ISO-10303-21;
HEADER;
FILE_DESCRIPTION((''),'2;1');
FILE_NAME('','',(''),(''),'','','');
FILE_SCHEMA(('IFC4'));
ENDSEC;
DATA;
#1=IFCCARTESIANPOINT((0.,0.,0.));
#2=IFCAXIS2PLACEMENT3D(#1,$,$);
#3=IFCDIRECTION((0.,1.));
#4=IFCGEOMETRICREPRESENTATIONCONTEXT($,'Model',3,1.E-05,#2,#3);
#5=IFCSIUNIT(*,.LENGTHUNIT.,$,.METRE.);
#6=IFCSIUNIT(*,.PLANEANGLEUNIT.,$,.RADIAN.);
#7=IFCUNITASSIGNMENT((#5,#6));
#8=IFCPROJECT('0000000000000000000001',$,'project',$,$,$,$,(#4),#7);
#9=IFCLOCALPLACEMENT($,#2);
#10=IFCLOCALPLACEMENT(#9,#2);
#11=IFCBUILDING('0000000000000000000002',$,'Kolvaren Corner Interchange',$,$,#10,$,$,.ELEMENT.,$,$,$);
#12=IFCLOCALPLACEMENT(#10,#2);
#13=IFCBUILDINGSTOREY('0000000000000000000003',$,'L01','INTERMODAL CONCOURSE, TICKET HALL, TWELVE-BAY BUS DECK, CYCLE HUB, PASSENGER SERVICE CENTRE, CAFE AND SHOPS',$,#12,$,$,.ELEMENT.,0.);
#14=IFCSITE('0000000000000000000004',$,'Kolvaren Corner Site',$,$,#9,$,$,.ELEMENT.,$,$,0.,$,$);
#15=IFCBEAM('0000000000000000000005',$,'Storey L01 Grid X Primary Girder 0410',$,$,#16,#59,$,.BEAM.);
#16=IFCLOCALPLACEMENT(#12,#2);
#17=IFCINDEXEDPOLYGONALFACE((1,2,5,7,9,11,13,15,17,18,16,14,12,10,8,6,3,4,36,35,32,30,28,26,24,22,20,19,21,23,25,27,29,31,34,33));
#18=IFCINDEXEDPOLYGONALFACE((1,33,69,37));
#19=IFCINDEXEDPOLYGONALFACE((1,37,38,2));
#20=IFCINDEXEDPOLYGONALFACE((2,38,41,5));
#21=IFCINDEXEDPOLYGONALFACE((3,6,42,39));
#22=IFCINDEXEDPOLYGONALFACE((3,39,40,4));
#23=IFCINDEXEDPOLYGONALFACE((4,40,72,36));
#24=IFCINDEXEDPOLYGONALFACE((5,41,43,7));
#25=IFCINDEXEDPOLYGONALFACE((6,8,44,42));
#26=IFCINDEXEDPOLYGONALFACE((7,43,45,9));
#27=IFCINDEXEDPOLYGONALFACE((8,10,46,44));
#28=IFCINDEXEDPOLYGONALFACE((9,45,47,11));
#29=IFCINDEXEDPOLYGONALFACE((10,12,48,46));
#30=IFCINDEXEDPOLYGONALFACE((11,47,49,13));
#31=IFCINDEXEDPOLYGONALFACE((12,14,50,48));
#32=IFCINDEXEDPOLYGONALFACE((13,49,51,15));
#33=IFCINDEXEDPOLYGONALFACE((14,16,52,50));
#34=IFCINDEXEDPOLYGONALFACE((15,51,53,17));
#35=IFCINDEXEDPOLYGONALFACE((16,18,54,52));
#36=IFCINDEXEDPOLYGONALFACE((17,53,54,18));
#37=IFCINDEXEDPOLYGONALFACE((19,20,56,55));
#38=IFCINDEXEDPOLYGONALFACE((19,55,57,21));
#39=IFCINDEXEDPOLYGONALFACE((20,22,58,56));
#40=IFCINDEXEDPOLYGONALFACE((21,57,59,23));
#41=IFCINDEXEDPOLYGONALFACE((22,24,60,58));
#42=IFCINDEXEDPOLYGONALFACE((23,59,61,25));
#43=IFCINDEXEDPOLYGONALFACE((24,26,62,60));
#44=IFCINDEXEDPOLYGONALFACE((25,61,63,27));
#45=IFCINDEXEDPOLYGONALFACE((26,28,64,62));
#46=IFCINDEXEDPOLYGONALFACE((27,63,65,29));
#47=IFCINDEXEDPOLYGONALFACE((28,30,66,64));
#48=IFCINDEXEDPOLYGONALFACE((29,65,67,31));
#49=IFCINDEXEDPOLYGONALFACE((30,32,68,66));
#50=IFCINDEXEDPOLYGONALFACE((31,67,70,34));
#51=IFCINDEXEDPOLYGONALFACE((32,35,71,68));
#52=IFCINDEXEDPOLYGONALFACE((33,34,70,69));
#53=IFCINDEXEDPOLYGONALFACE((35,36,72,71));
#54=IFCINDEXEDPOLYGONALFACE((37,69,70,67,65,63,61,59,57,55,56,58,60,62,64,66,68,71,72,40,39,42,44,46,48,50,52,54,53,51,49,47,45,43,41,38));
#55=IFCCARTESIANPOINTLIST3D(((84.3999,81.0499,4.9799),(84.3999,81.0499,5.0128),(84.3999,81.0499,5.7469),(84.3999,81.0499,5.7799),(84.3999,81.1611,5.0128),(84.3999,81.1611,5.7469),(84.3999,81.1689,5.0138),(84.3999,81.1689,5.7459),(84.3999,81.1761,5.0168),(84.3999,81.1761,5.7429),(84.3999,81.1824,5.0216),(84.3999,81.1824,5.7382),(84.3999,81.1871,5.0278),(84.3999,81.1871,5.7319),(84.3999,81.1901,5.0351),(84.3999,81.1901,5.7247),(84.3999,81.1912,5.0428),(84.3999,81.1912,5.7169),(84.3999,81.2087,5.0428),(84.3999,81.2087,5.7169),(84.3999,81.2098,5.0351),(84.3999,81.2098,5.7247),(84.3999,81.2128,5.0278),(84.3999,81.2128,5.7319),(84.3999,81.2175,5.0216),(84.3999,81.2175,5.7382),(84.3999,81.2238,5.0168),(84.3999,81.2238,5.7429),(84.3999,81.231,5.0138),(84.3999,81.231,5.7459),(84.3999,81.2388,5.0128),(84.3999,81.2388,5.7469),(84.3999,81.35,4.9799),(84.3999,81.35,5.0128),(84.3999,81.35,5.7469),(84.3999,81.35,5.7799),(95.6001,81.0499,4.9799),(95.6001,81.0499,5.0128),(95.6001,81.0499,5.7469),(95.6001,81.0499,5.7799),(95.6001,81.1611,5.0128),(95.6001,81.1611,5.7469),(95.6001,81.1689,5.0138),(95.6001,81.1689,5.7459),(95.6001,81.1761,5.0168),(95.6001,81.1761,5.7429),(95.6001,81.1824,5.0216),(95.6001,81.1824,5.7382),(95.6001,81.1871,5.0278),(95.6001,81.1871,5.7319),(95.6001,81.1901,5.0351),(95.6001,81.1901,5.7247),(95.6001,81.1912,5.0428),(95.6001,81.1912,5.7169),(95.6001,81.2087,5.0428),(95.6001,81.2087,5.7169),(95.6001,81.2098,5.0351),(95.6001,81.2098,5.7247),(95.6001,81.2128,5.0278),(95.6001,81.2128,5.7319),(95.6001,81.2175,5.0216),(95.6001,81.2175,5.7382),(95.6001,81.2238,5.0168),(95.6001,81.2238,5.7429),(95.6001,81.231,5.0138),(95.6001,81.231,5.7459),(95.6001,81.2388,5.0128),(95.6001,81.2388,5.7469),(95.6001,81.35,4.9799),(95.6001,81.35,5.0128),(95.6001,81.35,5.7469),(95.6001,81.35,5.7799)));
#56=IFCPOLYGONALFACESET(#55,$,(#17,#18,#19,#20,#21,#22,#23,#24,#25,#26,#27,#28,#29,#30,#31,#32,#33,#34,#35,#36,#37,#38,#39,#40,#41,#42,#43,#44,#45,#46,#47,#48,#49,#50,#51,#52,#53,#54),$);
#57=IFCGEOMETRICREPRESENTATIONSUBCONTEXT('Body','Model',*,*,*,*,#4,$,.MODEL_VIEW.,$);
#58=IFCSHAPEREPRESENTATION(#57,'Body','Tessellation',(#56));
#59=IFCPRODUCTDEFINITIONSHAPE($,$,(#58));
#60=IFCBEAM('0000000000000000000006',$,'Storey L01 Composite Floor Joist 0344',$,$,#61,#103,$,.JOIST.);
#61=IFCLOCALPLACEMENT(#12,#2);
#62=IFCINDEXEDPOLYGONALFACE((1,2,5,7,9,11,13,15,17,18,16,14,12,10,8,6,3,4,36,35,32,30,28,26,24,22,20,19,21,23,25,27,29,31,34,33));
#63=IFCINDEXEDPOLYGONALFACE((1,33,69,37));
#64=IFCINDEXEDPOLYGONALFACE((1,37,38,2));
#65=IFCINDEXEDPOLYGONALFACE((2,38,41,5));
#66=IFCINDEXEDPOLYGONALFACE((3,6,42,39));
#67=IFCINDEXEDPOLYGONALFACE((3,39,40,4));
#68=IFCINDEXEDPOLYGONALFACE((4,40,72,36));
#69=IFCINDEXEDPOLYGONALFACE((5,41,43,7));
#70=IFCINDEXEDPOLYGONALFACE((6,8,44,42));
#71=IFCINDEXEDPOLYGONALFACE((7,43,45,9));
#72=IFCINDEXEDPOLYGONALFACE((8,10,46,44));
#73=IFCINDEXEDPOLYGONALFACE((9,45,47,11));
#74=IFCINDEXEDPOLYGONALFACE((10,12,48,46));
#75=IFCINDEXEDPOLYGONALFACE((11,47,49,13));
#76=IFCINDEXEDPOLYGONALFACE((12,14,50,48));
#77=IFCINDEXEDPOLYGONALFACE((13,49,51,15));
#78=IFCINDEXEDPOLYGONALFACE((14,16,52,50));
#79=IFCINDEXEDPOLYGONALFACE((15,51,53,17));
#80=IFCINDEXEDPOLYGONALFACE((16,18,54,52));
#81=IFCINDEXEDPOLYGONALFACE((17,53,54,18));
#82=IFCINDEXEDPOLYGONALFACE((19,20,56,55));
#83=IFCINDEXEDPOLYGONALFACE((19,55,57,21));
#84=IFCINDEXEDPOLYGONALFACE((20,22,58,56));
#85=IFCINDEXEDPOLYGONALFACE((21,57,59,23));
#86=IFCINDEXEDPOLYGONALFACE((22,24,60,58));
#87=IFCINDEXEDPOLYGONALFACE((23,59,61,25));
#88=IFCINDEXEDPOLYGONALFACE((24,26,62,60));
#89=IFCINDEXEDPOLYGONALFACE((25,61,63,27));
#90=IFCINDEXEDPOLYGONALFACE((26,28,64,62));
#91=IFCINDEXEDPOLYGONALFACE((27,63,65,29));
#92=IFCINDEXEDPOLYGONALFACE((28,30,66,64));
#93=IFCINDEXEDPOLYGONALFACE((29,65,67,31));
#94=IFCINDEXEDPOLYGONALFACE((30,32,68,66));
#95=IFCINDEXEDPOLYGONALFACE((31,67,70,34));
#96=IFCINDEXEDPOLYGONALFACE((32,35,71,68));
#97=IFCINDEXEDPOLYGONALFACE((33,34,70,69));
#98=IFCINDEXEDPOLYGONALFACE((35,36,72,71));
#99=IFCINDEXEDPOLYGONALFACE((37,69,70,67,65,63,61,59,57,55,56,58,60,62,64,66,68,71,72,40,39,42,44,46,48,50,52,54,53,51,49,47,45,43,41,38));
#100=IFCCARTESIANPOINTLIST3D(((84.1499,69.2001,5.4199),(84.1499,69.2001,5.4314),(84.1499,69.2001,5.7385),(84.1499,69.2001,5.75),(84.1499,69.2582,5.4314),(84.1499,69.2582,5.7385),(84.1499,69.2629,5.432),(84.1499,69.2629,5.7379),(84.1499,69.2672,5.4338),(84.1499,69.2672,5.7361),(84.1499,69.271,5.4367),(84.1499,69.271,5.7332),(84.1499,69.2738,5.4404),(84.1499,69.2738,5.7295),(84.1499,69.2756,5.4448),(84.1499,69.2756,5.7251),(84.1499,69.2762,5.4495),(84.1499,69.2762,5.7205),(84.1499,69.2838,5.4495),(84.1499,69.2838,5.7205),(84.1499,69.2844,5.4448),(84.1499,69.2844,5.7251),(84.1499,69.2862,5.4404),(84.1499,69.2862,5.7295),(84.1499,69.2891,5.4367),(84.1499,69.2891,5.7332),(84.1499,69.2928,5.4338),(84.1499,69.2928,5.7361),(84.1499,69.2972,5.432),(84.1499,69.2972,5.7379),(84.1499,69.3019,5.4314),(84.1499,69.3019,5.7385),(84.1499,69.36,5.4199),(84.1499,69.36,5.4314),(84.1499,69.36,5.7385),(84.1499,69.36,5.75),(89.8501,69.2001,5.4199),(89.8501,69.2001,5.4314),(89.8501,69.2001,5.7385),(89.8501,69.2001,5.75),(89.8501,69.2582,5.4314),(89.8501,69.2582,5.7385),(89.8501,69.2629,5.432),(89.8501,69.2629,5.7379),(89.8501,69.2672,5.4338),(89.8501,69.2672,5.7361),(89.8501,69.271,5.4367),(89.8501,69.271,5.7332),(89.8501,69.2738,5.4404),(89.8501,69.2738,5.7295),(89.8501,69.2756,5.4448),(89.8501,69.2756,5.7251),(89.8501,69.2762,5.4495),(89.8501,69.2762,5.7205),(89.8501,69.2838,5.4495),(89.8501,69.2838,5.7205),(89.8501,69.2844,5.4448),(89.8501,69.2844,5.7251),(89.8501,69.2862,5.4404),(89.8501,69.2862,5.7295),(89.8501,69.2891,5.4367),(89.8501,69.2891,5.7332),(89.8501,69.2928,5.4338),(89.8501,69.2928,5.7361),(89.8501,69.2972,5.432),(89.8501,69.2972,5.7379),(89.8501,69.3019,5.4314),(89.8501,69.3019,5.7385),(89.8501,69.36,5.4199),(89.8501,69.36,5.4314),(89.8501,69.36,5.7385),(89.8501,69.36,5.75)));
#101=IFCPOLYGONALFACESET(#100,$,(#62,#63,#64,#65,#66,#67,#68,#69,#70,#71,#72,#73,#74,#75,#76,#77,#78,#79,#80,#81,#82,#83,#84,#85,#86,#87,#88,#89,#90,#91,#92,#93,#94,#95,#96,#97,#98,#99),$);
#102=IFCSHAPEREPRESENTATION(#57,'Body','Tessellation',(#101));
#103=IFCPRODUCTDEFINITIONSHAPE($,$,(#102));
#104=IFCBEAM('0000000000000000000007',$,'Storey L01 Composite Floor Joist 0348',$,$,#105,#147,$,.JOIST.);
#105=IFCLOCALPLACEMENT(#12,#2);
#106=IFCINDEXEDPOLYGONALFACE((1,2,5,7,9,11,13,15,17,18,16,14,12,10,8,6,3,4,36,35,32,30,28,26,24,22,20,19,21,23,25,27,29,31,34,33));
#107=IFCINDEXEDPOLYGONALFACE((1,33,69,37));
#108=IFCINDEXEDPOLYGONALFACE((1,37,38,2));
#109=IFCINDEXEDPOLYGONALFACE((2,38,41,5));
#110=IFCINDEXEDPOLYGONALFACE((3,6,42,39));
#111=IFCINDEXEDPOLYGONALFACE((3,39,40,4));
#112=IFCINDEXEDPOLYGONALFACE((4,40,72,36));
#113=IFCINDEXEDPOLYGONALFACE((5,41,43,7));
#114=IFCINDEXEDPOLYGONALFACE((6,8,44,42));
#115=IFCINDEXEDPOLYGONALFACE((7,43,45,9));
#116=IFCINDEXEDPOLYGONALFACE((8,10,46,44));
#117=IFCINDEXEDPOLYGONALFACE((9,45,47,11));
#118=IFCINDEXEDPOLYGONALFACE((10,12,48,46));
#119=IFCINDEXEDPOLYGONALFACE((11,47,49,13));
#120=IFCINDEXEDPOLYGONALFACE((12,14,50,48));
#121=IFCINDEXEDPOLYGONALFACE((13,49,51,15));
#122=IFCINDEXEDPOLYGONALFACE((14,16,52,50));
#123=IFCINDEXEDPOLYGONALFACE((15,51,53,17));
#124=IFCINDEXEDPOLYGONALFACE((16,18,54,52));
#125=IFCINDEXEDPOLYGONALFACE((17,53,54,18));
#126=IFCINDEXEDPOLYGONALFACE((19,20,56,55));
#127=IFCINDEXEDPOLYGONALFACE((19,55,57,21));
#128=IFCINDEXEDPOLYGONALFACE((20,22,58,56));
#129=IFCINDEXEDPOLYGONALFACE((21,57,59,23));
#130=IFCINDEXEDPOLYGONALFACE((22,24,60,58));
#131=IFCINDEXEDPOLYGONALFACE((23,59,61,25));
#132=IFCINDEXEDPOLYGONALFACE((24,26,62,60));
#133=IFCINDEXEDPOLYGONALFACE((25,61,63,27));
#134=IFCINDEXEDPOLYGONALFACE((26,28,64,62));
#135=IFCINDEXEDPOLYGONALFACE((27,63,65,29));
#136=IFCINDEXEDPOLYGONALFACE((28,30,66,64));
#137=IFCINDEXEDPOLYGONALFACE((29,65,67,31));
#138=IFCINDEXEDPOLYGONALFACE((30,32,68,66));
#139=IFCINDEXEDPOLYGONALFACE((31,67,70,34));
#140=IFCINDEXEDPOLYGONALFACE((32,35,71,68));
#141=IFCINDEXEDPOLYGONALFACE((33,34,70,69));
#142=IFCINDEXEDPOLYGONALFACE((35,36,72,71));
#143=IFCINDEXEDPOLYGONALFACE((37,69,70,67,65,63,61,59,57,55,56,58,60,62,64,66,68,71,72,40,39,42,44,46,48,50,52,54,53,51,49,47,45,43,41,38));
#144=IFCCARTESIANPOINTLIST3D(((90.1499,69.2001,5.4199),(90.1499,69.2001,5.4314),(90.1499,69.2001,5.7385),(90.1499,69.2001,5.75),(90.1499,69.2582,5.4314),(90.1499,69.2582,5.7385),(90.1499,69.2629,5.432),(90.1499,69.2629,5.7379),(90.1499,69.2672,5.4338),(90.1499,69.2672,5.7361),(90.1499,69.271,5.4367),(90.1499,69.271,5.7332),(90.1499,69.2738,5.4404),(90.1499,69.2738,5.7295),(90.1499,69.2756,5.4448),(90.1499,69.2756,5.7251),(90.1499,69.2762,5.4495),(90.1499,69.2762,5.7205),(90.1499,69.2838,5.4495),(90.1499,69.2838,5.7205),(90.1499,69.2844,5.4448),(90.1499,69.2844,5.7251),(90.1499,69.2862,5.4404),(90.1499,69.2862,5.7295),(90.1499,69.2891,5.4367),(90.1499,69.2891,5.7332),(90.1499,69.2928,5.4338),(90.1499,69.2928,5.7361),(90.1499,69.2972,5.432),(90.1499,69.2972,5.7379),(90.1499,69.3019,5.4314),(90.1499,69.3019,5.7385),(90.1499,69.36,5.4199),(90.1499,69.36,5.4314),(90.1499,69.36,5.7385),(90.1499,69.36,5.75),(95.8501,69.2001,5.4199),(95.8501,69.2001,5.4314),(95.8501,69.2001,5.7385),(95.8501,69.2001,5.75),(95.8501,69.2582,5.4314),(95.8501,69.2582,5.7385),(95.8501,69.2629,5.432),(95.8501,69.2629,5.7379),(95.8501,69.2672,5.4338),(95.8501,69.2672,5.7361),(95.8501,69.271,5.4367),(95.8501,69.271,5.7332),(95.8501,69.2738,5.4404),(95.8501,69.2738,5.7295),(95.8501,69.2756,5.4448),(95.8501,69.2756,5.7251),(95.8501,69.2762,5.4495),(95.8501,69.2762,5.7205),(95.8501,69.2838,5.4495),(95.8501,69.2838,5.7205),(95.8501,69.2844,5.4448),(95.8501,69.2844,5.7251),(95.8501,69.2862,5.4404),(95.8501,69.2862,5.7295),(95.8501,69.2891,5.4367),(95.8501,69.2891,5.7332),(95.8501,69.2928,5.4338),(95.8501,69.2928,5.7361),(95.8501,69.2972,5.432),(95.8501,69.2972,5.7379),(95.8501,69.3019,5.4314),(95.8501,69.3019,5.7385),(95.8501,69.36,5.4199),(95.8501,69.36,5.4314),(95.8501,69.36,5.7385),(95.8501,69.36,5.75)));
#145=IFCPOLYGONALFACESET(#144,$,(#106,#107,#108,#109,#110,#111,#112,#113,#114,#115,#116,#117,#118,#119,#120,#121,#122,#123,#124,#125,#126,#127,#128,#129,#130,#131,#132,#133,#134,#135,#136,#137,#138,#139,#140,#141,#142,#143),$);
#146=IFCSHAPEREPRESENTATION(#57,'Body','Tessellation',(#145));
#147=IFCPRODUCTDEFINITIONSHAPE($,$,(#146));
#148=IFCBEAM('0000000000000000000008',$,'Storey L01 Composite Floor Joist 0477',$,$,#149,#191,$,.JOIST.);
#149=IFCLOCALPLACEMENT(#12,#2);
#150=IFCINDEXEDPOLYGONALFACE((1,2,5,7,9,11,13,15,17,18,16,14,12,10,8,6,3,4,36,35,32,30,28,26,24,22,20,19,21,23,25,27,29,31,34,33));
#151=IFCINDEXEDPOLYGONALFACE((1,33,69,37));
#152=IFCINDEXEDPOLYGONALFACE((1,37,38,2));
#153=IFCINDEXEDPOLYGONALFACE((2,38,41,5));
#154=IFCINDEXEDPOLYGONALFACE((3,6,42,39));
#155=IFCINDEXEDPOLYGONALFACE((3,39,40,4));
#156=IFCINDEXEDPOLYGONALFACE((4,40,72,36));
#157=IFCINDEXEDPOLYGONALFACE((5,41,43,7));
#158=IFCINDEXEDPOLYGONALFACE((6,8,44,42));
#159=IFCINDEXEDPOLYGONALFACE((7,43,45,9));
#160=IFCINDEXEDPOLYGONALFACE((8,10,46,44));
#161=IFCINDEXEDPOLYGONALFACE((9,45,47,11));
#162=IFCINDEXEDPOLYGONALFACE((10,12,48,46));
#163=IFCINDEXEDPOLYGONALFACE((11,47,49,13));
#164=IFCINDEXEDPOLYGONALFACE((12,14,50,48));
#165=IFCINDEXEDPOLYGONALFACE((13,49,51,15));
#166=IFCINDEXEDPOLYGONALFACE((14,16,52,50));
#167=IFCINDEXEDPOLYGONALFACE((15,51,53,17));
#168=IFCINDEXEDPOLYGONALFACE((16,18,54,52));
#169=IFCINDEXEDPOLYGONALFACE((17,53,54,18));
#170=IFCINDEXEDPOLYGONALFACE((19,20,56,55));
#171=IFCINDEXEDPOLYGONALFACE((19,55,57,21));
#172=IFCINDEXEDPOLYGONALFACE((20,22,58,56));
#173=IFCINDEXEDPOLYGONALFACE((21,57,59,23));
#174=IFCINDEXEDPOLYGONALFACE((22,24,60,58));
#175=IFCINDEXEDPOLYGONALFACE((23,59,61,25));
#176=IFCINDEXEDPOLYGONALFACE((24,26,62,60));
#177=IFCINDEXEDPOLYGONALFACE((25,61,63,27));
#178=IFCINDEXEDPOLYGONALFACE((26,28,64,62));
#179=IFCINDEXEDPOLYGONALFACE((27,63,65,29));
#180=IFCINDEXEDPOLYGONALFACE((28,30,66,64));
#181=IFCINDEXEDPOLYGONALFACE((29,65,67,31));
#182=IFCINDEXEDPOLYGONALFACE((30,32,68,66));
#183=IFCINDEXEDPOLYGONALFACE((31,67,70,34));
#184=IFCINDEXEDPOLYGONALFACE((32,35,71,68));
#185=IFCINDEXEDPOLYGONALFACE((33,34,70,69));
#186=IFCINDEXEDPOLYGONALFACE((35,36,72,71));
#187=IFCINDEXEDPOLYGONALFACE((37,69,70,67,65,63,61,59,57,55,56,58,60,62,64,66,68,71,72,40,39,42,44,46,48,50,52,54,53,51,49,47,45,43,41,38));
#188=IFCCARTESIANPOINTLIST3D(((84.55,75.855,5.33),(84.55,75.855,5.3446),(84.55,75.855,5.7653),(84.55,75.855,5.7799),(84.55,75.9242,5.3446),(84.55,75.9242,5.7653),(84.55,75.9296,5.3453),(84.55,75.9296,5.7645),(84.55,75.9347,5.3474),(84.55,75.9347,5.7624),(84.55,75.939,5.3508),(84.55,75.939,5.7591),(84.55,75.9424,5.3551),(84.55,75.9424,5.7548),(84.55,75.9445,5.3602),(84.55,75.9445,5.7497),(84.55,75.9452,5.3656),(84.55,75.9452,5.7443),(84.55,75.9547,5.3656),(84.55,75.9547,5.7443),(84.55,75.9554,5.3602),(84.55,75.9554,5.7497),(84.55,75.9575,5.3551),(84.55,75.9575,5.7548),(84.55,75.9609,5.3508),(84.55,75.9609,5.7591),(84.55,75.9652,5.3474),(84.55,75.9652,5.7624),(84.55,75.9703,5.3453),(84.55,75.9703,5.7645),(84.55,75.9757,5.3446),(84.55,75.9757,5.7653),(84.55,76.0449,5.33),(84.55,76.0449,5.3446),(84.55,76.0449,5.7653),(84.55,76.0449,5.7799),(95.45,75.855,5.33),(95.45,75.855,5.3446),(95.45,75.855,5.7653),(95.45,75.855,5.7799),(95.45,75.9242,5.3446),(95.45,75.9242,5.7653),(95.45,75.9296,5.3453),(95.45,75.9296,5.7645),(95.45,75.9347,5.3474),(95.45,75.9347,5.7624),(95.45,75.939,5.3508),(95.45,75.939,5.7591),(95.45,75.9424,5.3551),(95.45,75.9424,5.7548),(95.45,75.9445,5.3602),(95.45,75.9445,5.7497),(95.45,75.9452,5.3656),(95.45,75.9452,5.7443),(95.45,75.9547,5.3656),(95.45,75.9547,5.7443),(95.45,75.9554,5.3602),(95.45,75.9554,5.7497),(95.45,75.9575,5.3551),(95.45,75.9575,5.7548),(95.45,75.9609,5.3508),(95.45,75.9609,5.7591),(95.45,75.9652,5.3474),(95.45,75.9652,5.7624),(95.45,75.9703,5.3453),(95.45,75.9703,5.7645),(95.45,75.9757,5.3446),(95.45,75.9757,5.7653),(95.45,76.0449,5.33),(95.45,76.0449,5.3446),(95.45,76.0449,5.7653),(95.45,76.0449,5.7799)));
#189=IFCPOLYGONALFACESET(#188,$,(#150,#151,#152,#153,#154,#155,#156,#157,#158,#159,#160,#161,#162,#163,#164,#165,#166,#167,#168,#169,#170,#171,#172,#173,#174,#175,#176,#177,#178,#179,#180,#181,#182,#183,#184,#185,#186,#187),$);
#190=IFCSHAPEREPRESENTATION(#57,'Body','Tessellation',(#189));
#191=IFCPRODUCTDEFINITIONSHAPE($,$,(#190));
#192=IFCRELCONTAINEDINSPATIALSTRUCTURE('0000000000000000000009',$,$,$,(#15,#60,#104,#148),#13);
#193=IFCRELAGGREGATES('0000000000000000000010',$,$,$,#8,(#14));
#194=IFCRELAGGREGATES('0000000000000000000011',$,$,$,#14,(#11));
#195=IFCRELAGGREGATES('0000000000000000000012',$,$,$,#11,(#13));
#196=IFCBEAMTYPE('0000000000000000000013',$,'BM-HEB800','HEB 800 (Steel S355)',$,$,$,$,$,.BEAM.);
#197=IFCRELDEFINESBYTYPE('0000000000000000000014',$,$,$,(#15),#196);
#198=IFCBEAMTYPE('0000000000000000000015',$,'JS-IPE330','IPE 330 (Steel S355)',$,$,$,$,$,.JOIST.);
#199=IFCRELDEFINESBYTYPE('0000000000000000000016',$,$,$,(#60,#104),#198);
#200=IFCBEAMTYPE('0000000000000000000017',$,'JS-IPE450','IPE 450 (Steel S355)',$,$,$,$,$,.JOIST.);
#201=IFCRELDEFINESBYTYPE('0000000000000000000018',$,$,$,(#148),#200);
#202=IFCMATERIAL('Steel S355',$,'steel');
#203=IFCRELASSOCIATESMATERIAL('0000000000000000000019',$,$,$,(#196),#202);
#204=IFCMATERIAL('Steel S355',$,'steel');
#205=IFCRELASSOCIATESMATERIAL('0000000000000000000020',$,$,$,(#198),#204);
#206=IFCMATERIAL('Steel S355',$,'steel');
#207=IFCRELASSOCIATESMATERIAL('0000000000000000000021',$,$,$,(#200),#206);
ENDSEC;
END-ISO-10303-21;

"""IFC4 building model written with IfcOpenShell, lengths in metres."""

from ifc_helpers import new_model, si_unit, direction, frame, origin, origin_2d, place, context, subcontext, project, spatial, i_section, extrude, material, material_profile, profile_set, type_object, element, save


model = new_model("IFC4")

# Units and contexts
model_context = context("Model", 3, precision=1e-05, world=origin(), true_north=direction((0.0, 1.0)))
body_context = subcontext(model_context, "Body", "Model", "MODEL_VIEW")
ifc_project = project(units=[si_unit("LENGTHUNIT", "METRE"), si_unit("PLANEANGLEUNIT", "RADIAN")], contexts=[model_context])

# Site, building, storey
site_placement = place(None, origin())
site = spatial("IfcSite", under=ifc_project, at=site_placement, Name="Kolvaren Corner Site", CompositionType="ELEMENT", RefElevation=0.0)
building_placement = place(site_placement, origin())
building = spatial("IfcBuilding", under=site, at=building_placement, Name="Kolvaren Corner Interchange", CompositionType="ELEMENT")
storey_placement = place(building_placement, origin())
storey = spatial("IfcBuildingStorey", under=building, at=storey_placement, Name="L01", Description="INTERMODAL CONCOURSE, TICKET HALL, TWELVE-BAY BUS DECK, CYCLE HUB, PASSENGER SERVICE CENTRE, CAFE AND SHOPS", CompositionType="ELEMENT", Elevation=0.0)

# Beams
ifc_material_1 = material(Name="Steel S355", Category="steel")
ifc_material_profile_1 = material_profile(ifc_material_1, i_section(OverallWidth=0.3, OverallDepth=0.8, WebThickness=0.0176, FlangeThickness=0.033, FilletRadius=0.03, at=origin_2d()), Name="HEB 800")
ifc_profile_set_1 = profile_set([ifc_material_profile_1], Name="Steel S355")
beam_type_1 = type_object("IfcBeamType", Name="BM-HEB800", Description="HEB 800 (Steel S355)", PredefinedType="BEAM", material=ifc_profile_set_1)
for number, where, z_axis, x_axis, name in (
    (1, (84.3999, 81.2, 5.3799), (1.0, 0.0, 0.0), (0.0, 1.0, 0.0), "Storey L01 Grid X Primary Girder 0410"),
):
    element("IfcBeam", number, at=place(storey_placement, frame(where, z_axis=z_axis, x_axis=x_axis)), inside=storey, type_object=beam_type_1, Name=name, PredefinedType="BEAM", context=body_context, shape_type="SweptSolid", body=[
        extrude(i_section(OverallWidth=0.3, OverallDepth=0.8, WebThickness=0.0176, FlangeThickness=0.033, FilletRadius=0.03, at=origin_2d()), origin(), (0.0, 0.0, 1.0), 11.2002),
    ])
ifc_material_2 = material(Name="Steel S355", Category="steel")
ifc_material_profile_2 = material_profile(ifc_material_2, i_section(OverallWidth=0.1599, OverallDepth=0.3301, WebThickness=0.0076, FlangeThickness=0.0115, FilletRadius=0.0181, at=origin_2d()), Name="IPE 330")
ifc_profile_set_2 = profile_set([ifc_material_profile_2], Name="Steel S355")
beam_type_2 = type_object("IfcBeamType", Name="JS-IPE330", Description="IPE 330 (Steel S355)", PredefinedType="JOIST", material=ifc_profile_set_2)
for number, where, z_axis, x_axis, name in (
    (2, (84.1499, 69.28, 5.585), (1.0, 0.0, 0.0), (0.0, 1.0, 0.0), "Storey L01 Composite Floor Joist 0344"),
    (3, (90.1499, 69.28, 5.585), (1.0, 0.0, 0.0), (0.0, 1.0, 0.0), "Storey L01 Composite Floor Joist 0348"),
):
    element("IfcBeam", number, at=place(storey_placement, frame(where, z_axis=z_axis, x_axis=x_axis)), inside=storey, type_object=beam_type_2, Name=name, PredefinedType="JOIST", context=body_context, shape_type="SweptSolid", body=[
        extrude(i_section(OverallWidth=0.1599, OverallDepth=0.3301, WebThickness=0.0076, FlangeThickness=0.0115, FilletRadius=0.0181, at=origin_2d()), origin(), (0.0, 0.0, 1.0), 5.7002),
    ])
ifc_material_3 = material(Name="Steel S355", Category="steel")
ifc_material_profile_3 = material_profile(ifc_material_3, i_section(OverallWidth=0.1899, OverallDepth=0.45, WebThickness=0.0095, FlangeThickness=0.0146, FilletRadius=0.021, at=origin_2d()), Name="IPE 450")
ifc_profile_set_3 = profile_set([ifc_material_profile_3], Name="Steel S355")
beam_type_3 = type_object("IfcBeamType", Name="JS-IPE450", Description="IPE 450 (Steel S355)", PredefinedType="JOIST", material=ifc_profile_set_3)
for number, where, z_axis, x_axis, name in (
    (4, (84.55, 75.95, 5.5549), (1.0, 0.0, 0.0), (0.0, 1.0, 0.0), "Storey L01 Composite Floor Joist 0477"),
):
    element("IfcBeam", number, at=place(storey_placement, frame(where, z_axis=z_axis, x_axis=x_axis)), inside=storey, type_object=beam_type_3, Name=name, PredefinedType="JOIST", context=body_context, shape_type="SweptSolid", body=[
        extrude(i_section(OverallWidth=0.1899, OverallDepth=0.45, WebThickness=0.0095, FlangeThickness=0.0146, FilletRadius=0.021, at=origin_2d()), origin(), (0.0, 0.0, 1.0), 10.8999),
    ])

save(model, "model.ifc")
